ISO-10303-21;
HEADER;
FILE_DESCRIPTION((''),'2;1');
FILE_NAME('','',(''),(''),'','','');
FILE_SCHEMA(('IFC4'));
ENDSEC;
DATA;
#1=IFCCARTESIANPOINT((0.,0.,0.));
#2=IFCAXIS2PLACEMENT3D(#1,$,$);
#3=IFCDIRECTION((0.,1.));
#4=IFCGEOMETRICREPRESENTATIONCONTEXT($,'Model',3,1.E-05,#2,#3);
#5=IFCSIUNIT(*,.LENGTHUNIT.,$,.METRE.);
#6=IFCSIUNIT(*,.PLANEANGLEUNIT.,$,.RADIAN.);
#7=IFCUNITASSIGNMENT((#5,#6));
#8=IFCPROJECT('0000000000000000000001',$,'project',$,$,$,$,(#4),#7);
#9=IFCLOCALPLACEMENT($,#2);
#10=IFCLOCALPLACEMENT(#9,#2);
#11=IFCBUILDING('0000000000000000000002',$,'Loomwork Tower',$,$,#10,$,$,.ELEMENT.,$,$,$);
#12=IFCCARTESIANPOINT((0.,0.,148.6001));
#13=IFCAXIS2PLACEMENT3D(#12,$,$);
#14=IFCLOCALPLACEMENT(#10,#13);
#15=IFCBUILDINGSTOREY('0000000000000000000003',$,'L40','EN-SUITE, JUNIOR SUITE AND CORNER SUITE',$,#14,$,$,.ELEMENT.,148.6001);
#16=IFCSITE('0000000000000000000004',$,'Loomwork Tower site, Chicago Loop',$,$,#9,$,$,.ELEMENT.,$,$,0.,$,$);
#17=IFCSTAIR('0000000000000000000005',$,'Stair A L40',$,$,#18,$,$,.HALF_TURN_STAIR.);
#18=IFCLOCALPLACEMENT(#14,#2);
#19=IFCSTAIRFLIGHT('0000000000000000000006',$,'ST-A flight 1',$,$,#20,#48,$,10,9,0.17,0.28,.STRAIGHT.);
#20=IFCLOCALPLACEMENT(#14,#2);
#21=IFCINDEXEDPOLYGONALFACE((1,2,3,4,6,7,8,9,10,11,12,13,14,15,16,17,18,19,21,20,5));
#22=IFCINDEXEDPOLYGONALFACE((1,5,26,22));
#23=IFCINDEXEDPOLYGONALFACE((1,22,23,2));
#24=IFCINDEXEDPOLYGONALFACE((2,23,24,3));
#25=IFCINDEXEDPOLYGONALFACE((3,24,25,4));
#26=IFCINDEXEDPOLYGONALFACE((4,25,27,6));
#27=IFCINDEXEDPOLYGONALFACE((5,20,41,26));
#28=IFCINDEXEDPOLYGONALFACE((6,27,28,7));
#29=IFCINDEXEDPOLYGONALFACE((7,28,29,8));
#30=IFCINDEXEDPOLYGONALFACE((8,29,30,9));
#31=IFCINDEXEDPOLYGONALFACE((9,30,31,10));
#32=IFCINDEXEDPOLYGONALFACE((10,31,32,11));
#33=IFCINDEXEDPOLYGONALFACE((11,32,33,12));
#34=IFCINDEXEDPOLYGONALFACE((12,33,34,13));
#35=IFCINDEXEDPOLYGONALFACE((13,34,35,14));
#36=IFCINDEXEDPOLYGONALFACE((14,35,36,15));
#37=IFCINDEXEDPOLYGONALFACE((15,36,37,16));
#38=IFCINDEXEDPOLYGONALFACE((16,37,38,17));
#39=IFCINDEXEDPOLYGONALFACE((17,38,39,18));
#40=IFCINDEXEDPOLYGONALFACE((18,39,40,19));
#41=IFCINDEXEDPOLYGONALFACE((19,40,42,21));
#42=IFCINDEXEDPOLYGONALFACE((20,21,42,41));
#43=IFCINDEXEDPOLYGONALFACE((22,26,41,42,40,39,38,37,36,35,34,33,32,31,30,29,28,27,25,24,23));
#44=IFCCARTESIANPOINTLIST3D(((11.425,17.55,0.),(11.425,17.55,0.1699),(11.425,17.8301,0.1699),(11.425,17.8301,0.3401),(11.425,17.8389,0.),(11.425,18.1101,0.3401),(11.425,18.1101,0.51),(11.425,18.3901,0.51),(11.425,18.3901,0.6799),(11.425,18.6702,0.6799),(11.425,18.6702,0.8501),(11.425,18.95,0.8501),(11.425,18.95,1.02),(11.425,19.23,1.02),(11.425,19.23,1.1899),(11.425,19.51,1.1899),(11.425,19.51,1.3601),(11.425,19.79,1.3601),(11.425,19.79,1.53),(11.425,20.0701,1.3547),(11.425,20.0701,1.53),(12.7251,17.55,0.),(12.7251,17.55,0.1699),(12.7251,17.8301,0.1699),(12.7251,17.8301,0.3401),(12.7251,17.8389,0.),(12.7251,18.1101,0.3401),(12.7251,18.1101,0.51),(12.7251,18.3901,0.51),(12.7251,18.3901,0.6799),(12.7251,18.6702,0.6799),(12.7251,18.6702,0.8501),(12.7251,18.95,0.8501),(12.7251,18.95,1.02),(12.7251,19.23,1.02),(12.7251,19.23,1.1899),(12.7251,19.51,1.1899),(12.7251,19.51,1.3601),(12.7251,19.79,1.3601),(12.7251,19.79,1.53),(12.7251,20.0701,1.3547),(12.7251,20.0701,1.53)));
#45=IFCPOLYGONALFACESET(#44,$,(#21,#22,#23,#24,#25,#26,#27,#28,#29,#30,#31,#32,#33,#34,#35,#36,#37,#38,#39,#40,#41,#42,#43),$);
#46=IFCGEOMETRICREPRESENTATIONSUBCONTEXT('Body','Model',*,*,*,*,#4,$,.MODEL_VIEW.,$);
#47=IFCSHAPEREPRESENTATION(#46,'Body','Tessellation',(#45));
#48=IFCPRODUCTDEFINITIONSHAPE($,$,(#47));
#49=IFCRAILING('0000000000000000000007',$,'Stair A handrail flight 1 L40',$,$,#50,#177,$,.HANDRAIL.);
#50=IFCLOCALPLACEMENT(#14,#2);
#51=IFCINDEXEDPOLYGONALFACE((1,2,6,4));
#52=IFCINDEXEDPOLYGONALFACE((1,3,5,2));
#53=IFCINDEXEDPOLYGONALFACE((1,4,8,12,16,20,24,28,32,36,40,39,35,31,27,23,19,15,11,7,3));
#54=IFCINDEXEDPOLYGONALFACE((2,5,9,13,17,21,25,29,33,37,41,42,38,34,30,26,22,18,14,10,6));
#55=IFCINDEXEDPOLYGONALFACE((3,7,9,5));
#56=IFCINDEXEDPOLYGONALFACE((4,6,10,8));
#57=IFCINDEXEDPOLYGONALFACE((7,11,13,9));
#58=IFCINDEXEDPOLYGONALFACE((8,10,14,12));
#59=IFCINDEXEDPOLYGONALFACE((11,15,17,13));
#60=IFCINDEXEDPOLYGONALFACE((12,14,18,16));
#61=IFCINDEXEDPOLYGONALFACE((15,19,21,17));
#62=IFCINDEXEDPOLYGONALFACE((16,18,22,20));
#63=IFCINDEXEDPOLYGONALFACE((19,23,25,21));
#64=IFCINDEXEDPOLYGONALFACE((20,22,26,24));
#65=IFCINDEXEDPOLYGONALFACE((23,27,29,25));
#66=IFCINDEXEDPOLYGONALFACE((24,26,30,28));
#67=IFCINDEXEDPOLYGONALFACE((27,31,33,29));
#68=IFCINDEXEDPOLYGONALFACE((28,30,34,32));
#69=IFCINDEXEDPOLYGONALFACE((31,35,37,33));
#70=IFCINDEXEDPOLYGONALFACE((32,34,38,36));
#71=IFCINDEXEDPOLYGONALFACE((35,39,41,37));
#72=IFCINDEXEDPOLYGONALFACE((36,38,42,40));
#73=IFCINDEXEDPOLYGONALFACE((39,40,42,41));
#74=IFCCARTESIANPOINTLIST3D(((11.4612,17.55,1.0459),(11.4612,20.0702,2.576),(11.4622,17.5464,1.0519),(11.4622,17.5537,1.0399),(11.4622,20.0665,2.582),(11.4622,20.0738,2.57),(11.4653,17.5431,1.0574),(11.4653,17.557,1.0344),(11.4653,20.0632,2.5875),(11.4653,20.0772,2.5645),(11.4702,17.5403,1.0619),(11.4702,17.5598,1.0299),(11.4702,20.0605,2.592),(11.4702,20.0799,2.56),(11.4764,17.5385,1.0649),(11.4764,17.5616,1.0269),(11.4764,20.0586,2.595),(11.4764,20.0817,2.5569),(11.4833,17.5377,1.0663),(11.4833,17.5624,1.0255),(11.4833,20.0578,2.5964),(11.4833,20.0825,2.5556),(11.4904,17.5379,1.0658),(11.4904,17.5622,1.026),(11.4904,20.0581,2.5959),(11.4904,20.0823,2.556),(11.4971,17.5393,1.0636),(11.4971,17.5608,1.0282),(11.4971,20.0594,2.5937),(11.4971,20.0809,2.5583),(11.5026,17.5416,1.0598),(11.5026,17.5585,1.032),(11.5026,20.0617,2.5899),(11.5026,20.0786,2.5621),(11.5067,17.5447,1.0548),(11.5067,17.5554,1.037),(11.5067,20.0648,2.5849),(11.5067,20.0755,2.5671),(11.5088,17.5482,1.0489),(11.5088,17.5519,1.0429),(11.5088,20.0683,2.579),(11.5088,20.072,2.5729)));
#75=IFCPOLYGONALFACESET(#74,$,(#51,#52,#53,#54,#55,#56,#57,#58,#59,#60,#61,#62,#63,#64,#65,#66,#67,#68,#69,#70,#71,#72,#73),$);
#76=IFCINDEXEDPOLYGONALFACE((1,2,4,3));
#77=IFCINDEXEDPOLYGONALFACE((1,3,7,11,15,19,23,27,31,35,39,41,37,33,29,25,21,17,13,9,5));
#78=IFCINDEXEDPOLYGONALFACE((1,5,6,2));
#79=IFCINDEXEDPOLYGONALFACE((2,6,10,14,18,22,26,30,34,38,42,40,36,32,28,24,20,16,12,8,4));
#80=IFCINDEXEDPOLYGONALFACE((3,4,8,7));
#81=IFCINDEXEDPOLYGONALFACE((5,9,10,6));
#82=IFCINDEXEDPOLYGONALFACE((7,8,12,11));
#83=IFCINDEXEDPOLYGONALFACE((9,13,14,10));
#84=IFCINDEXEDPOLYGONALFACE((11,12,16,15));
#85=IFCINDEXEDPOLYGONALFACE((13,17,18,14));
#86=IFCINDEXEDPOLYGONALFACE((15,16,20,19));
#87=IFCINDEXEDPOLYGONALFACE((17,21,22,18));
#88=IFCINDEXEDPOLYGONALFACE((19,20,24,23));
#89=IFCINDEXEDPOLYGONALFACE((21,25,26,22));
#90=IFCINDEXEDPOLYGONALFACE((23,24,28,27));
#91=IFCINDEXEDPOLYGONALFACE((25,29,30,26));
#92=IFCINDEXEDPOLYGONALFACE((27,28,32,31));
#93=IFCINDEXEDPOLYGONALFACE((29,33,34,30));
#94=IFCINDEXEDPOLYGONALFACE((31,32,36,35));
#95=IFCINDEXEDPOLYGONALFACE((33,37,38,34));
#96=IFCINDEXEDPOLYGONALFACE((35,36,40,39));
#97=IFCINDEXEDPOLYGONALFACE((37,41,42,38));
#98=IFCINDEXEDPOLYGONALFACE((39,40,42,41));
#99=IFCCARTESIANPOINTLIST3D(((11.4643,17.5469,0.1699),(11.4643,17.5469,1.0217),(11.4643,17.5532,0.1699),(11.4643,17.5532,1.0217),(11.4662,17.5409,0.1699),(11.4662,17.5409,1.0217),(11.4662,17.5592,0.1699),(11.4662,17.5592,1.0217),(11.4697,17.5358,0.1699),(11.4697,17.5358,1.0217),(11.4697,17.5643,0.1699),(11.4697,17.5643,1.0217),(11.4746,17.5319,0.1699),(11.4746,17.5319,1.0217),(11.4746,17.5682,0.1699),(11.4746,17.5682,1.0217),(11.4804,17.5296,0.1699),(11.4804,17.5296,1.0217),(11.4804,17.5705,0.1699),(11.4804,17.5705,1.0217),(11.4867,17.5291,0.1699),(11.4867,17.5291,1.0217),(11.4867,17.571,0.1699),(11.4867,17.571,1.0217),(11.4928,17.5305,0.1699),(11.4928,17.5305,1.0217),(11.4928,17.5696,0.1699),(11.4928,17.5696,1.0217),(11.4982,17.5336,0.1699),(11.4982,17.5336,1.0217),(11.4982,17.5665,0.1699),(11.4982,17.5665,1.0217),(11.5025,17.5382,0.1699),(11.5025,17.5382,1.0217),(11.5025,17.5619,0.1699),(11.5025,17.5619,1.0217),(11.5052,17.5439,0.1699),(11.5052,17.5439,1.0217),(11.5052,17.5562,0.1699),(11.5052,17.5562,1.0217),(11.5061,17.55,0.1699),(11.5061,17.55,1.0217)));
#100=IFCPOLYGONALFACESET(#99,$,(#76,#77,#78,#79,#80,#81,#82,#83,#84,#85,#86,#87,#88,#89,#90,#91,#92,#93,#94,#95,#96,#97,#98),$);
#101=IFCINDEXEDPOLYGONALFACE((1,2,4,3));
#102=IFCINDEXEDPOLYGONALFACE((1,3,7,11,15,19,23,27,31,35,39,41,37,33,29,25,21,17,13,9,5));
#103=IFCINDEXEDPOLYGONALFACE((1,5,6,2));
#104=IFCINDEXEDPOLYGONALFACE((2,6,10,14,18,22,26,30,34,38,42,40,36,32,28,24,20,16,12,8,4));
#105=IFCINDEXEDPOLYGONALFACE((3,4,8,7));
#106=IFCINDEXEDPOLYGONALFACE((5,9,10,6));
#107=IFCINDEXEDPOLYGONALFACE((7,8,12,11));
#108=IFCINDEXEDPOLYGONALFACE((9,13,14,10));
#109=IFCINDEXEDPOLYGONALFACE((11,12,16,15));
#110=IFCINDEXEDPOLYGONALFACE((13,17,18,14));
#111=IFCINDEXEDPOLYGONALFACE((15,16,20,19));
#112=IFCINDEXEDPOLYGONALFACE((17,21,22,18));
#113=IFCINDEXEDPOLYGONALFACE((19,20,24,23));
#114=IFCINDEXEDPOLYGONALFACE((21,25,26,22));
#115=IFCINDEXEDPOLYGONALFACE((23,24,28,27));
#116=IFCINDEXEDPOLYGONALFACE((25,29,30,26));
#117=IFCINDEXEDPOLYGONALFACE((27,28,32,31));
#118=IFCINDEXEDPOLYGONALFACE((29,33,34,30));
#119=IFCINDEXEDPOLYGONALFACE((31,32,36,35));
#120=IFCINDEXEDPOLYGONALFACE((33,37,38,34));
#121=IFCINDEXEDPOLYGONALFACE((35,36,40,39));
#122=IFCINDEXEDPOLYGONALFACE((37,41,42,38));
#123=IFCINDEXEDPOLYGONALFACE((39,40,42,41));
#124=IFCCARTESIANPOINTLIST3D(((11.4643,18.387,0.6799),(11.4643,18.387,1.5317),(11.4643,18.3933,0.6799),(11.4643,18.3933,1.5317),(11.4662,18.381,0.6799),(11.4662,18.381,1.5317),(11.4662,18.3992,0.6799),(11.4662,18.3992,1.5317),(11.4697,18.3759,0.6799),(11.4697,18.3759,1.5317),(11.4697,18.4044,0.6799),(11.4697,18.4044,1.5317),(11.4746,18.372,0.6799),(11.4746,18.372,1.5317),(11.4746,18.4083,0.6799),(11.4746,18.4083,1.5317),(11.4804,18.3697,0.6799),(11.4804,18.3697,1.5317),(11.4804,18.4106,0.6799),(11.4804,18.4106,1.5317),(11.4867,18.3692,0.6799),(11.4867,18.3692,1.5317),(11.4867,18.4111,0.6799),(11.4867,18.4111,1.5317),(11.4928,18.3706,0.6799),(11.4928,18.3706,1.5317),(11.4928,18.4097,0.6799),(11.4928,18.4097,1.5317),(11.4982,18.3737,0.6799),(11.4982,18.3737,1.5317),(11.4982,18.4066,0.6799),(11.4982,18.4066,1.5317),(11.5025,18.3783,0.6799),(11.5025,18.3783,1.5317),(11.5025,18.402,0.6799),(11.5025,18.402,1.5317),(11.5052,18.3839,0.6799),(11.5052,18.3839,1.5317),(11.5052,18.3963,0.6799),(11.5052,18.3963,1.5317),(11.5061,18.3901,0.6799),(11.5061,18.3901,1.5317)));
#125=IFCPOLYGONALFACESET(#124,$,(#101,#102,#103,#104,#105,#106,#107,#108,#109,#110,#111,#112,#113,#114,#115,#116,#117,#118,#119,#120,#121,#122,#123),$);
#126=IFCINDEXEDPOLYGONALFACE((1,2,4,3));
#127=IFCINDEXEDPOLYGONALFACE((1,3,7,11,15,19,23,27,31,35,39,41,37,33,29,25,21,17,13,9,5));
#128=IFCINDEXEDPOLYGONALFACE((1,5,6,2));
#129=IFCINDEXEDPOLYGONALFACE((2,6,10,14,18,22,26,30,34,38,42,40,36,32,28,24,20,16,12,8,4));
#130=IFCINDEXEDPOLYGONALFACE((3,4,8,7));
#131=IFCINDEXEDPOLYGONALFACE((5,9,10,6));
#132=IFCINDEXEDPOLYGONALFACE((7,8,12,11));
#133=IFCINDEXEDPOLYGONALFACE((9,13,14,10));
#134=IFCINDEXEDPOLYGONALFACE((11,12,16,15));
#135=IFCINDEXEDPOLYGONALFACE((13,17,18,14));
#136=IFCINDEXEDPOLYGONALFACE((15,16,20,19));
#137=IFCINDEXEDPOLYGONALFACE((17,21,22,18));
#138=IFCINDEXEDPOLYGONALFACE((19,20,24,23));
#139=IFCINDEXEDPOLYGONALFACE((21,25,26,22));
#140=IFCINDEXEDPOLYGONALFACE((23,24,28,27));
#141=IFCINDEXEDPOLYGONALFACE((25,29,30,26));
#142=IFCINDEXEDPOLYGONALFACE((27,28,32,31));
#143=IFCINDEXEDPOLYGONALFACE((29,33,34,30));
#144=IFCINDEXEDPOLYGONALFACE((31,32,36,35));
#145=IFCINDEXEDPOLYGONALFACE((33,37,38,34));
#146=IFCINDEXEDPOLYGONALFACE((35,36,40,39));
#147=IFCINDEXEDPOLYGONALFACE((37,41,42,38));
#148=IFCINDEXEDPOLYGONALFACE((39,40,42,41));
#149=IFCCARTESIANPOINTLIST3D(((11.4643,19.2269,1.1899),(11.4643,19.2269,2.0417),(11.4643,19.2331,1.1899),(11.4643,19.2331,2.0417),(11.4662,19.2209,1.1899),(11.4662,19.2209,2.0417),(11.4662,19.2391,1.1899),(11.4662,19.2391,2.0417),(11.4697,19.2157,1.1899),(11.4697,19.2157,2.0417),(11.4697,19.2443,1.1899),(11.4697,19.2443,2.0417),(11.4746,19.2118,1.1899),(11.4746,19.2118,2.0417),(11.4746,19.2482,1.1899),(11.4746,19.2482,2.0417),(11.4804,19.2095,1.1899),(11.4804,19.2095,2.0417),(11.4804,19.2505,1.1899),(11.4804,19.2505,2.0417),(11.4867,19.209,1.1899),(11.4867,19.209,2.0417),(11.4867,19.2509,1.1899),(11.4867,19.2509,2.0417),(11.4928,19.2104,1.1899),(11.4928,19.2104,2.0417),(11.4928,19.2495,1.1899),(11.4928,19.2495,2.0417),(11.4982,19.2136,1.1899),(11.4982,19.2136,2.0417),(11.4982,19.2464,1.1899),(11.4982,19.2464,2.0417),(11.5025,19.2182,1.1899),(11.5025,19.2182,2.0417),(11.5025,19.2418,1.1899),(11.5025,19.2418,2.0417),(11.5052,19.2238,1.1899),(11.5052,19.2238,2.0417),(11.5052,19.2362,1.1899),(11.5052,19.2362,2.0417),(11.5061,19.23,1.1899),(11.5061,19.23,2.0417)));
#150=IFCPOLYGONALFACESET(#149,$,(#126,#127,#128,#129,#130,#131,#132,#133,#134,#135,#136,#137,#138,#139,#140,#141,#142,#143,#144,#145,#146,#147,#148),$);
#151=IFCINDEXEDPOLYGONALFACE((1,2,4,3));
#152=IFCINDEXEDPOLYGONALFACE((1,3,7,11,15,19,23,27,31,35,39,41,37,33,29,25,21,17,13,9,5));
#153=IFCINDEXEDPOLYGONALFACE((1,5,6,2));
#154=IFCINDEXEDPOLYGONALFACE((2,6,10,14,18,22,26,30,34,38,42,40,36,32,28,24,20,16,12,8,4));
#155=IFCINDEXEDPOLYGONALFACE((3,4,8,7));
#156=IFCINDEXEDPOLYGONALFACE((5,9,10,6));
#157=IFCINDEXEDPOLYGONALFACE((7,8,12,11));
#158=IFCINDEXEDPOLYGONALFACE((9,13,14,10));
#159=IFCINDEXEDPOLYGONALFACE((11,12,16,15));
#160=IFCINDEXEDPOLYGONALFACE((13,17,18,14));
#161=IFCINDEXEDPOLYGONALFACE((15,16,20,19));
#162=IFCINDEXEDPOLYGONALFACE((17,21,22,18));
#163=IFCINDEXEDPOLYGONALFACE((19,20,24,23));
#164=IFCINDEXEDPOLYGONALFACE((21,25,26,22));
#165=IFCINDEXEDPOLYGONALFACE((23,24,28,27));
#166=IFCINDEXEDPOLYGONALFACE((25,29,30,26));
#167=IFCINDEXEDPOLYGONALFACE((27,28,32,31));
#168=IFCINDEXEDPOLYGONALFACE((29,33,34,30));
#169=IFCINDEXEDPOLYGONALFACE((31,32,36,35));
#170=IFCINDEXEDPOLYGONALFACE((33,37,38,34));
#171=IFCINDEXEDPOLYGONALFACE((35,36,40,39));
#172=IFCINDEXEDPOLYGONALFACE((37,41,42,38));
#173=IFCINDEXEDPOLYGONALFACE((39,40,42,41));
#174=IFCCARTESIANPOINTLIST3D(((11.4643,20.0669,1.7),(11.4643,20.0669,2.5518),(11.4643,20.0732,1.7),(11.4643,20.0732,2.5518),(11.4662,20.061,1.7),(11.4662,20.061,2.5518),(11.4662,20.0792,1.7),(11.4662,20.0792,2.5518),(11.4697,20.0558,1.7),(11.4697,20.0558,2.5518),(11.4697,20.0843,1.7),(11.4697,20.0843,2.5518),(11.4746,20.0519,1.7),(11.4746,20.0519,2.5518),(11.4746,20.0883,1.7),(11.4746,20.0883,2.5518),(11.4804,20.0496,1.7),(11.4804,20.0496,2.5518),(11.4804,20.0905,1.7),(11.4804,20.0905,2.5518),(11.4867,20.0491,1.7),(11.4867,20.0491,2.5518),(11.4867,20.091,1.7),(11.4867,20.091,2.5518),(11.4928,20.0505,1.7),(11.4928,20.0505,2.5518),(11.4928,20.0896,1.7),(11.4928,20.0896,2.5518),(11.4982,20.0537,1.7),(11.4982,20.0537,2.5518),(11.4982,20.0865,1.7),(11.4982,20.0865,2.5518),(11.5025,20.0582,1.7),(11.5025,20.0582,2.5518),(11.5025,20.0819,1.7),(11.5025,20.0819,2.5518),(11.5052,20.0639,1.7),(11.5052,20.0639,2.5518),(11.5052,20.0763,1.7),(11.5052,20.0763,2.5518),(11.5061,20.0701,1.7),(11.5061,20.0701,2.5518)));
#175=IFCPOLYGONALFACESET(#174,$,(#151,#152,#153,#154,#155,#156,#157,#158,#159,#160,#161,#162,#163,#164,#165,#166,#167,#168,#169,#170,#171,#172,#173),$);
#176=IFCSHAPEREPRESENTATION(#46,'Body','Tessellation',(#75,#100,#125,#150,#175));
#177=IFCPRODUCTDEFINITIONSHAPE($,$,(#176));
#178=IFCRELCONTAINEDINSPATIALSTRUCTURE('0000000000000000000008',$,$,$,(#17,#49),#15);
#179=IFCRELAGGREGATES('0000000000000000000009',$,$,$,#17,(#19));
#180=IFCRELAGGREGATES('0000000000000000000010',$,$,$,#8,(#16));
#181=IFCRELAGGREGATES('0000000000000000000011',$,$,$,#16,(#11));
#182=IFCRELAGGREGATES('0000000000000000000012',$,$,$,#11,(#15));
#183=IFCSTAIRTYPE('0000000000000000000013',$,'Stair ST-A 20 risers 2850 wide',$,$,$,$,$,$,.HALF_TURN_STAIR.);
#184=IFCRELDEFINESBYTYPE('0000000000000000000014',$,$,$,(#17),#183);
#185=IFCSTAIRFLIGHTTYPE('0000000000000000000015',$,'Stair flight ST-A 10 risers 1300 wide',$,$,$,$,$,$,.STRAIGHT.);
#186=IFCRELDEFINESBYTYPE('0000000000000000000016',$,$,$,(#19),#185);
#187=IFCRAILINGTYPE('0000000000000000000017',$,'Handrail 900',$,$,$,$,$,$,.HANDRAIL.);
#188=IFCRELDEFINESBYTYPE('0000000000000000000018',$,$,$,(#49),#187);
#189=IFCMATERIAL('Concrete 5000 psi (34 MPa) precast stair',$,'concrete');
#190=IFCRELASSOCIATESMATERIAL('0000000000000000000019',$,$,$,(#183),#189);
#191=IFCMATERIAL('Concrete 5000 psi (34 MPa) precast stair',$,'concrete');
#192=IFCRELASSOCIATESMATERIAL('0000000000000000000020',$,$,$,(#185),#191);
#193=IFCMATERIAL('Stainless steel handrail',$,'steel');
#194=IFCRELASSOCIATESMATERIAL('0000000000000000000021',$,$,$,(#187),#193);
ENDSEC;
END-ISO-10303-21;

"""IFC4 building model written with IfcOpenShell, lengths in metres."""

from ifc_helpers import new_model, si_unit, direction, frame, origin, origin_2d, place, context, subcontext, project, spatial, polyline, circle, outline, extrude, material, type_object, element, aggregate, save


model = new_model("IFC4")

# Units and contexts
model_context = context("Model", 3, precision=1e-05, world=origin(), true_north=direction((0.0, 1.0)))
body_context = subcontext(model_context, "Body", "Model", "MODEL_VIEW")
ifc_project = project(units=[si_unit("LENGTHUNIT", "METRE"), si_unit("PLANEANGLEUNIT", "RADIAN")], contexts=[model_context])

# Site, building, storey
site_placement = place(None, origin())
site = spatial("IfcSite", under=ifc_project, at=site_placement, Name="Loomwork Tower site, Chicago Loop", CompositionType="ELEMENT", RefElevation=0.0)
building_placement = place(site_placement, origin())
building = spatial("IfcBuilding", under=site, at=building_placement, Name="Loomwork Tower", CompositionType="ELEMENT")
storey_placement = place(building_placement, frame((0.0, 0.0, 148.6001)))
storey = spatial("IfcBuildingStorey", under=building, at=storey_placement, Name="L40", Description="EN-SUITE, JUNIOR SUITE AND CORNER SUITE", CompositionType="ELEMENT", Elevation=148.6001)

# Stair, stair flight
ifc_material_1 = material(Name="Concrete 5000 psi (34 MPa) precast stair", Category="concrete")
stair_type = type_object("IfcStairType", Name="Stair ST-A 20 risers 2850 wide", PredefinedType="HALF_TURN_STAIR", material=ifc_material_1)
stair_placement = place(storey_placement, origin())
stair = element("IfcStair", 1, at=stair_placement, inside=storey, type_object=stair_type, Name="Stair A L40", PredefinedType="HALF_TURN_STAIR")
ifc_material_2 = material(Name="Concrete 5000 psi (34 MPa) precast stair", Category="concrete")
stair_flight_type = type_object("IfcStairFlightType", Name="Stair flight ST-A 10 risers 1300 wide", PredefinedType="STRAIGHT", material=ifc_material_2)
stair_flight_placement = place(storey_placement, frame((12.075, 17.55, 0.0), z_axis=(0.0, 0.0, 1.0), x_axis=(0.0, 1.0, 0.0)))
stair_flight = element("IfcStairFlight", 2, at=stair_flight_placement, type_object=stair_flight_type, Name="ST-A flight 1", NumberOfRisers=10, NumberOfTreads=9, PredefinedType="STRAIGHT", RiserHeight=0.17, TreadLength=0.28, context=body_context, shape_type="SweptSolid", body=[
    extrude(outline(polyline([(0.0, 0.0), (0.0, 0.1699), (0.28, 0.1699), (0.28, 0.3401), (0.5601, 0.3401), (0.5601, 0.51), (0.8401, 0.51), (0.8401, 0.6799), (1.1201, 0.6799), (1.1201, 0.8501), (1.3999, 0.8501), (1.3999, 1.02), (1.6799, 1.02), (1.6799, 1.1899), (1.96, 1.1899), (1.96, 1.3601), (2.24, 1.3601), (2.24, 1.53), (2.52, 1.53), (2.52, 1.7), (2.52, 1.3547), (0.2888, 0.0), (0.0, 0.0)])), frame((0.0, 0.6499, 0.0), z_axis=(0.0, -1.0, 0.0), x_axis=(1.0, 0.0, 0.0)), (0.0, 0.0, 1.0), 1.3),
])
aggregate(stair, [stair_flight])

# Railing
ifc_material_3 = material(Name="Stainless steel handrail", Category="steel")
railing_type = type_object("IfcRailingType", Name="Handrail 900", PredefinedType="HANDRAIL", material=ifc_material_3)
railing_placement = place(storey_placement, frame((11.4851, 17.55, 0.1699)))
element("IfcRailing", 3, at=railing_placement, inside=storey, type_object=railing_type, Name="Stair A handrail flight 1 L40", PredefinedType="HANDRAIL", context=body_context, shape_type="SweptSolid", body=[
    extrude(circle(Radius=0.0239, at=origin_2d()), frame((0.0, 0.0, 0.876), z_axis=(0.0, 0.854785, 0.518982), x_axis=(-1.0, 0.0, 0.0)), (0.0, 0.0, 1.0), 2.9482),
    extrude(circle(Radius=0.021, at=origin_2d()), origin(), (0.0, 0.0, 1.0), 0.8518),
    extrude(circle(Radius=0.021, at=origin_2d()), frame((0.0, 0.8401, 0.51)), (0.0, 0.0, 1.0), 0.8518),
    extrude(circle(Radius=0.021, at=origin_2d()), frame((0.0, 1.6799, 1.02)), (0.0, 0.0, 1.0), 0.8518),
    extrude(circle(Radius=0.021, at=origin_2d()), frame((0.0, 2.52, 1.53)), (0.0, 0.0, 1.0), 0.8518),
])

save(model, "model.ifc")
